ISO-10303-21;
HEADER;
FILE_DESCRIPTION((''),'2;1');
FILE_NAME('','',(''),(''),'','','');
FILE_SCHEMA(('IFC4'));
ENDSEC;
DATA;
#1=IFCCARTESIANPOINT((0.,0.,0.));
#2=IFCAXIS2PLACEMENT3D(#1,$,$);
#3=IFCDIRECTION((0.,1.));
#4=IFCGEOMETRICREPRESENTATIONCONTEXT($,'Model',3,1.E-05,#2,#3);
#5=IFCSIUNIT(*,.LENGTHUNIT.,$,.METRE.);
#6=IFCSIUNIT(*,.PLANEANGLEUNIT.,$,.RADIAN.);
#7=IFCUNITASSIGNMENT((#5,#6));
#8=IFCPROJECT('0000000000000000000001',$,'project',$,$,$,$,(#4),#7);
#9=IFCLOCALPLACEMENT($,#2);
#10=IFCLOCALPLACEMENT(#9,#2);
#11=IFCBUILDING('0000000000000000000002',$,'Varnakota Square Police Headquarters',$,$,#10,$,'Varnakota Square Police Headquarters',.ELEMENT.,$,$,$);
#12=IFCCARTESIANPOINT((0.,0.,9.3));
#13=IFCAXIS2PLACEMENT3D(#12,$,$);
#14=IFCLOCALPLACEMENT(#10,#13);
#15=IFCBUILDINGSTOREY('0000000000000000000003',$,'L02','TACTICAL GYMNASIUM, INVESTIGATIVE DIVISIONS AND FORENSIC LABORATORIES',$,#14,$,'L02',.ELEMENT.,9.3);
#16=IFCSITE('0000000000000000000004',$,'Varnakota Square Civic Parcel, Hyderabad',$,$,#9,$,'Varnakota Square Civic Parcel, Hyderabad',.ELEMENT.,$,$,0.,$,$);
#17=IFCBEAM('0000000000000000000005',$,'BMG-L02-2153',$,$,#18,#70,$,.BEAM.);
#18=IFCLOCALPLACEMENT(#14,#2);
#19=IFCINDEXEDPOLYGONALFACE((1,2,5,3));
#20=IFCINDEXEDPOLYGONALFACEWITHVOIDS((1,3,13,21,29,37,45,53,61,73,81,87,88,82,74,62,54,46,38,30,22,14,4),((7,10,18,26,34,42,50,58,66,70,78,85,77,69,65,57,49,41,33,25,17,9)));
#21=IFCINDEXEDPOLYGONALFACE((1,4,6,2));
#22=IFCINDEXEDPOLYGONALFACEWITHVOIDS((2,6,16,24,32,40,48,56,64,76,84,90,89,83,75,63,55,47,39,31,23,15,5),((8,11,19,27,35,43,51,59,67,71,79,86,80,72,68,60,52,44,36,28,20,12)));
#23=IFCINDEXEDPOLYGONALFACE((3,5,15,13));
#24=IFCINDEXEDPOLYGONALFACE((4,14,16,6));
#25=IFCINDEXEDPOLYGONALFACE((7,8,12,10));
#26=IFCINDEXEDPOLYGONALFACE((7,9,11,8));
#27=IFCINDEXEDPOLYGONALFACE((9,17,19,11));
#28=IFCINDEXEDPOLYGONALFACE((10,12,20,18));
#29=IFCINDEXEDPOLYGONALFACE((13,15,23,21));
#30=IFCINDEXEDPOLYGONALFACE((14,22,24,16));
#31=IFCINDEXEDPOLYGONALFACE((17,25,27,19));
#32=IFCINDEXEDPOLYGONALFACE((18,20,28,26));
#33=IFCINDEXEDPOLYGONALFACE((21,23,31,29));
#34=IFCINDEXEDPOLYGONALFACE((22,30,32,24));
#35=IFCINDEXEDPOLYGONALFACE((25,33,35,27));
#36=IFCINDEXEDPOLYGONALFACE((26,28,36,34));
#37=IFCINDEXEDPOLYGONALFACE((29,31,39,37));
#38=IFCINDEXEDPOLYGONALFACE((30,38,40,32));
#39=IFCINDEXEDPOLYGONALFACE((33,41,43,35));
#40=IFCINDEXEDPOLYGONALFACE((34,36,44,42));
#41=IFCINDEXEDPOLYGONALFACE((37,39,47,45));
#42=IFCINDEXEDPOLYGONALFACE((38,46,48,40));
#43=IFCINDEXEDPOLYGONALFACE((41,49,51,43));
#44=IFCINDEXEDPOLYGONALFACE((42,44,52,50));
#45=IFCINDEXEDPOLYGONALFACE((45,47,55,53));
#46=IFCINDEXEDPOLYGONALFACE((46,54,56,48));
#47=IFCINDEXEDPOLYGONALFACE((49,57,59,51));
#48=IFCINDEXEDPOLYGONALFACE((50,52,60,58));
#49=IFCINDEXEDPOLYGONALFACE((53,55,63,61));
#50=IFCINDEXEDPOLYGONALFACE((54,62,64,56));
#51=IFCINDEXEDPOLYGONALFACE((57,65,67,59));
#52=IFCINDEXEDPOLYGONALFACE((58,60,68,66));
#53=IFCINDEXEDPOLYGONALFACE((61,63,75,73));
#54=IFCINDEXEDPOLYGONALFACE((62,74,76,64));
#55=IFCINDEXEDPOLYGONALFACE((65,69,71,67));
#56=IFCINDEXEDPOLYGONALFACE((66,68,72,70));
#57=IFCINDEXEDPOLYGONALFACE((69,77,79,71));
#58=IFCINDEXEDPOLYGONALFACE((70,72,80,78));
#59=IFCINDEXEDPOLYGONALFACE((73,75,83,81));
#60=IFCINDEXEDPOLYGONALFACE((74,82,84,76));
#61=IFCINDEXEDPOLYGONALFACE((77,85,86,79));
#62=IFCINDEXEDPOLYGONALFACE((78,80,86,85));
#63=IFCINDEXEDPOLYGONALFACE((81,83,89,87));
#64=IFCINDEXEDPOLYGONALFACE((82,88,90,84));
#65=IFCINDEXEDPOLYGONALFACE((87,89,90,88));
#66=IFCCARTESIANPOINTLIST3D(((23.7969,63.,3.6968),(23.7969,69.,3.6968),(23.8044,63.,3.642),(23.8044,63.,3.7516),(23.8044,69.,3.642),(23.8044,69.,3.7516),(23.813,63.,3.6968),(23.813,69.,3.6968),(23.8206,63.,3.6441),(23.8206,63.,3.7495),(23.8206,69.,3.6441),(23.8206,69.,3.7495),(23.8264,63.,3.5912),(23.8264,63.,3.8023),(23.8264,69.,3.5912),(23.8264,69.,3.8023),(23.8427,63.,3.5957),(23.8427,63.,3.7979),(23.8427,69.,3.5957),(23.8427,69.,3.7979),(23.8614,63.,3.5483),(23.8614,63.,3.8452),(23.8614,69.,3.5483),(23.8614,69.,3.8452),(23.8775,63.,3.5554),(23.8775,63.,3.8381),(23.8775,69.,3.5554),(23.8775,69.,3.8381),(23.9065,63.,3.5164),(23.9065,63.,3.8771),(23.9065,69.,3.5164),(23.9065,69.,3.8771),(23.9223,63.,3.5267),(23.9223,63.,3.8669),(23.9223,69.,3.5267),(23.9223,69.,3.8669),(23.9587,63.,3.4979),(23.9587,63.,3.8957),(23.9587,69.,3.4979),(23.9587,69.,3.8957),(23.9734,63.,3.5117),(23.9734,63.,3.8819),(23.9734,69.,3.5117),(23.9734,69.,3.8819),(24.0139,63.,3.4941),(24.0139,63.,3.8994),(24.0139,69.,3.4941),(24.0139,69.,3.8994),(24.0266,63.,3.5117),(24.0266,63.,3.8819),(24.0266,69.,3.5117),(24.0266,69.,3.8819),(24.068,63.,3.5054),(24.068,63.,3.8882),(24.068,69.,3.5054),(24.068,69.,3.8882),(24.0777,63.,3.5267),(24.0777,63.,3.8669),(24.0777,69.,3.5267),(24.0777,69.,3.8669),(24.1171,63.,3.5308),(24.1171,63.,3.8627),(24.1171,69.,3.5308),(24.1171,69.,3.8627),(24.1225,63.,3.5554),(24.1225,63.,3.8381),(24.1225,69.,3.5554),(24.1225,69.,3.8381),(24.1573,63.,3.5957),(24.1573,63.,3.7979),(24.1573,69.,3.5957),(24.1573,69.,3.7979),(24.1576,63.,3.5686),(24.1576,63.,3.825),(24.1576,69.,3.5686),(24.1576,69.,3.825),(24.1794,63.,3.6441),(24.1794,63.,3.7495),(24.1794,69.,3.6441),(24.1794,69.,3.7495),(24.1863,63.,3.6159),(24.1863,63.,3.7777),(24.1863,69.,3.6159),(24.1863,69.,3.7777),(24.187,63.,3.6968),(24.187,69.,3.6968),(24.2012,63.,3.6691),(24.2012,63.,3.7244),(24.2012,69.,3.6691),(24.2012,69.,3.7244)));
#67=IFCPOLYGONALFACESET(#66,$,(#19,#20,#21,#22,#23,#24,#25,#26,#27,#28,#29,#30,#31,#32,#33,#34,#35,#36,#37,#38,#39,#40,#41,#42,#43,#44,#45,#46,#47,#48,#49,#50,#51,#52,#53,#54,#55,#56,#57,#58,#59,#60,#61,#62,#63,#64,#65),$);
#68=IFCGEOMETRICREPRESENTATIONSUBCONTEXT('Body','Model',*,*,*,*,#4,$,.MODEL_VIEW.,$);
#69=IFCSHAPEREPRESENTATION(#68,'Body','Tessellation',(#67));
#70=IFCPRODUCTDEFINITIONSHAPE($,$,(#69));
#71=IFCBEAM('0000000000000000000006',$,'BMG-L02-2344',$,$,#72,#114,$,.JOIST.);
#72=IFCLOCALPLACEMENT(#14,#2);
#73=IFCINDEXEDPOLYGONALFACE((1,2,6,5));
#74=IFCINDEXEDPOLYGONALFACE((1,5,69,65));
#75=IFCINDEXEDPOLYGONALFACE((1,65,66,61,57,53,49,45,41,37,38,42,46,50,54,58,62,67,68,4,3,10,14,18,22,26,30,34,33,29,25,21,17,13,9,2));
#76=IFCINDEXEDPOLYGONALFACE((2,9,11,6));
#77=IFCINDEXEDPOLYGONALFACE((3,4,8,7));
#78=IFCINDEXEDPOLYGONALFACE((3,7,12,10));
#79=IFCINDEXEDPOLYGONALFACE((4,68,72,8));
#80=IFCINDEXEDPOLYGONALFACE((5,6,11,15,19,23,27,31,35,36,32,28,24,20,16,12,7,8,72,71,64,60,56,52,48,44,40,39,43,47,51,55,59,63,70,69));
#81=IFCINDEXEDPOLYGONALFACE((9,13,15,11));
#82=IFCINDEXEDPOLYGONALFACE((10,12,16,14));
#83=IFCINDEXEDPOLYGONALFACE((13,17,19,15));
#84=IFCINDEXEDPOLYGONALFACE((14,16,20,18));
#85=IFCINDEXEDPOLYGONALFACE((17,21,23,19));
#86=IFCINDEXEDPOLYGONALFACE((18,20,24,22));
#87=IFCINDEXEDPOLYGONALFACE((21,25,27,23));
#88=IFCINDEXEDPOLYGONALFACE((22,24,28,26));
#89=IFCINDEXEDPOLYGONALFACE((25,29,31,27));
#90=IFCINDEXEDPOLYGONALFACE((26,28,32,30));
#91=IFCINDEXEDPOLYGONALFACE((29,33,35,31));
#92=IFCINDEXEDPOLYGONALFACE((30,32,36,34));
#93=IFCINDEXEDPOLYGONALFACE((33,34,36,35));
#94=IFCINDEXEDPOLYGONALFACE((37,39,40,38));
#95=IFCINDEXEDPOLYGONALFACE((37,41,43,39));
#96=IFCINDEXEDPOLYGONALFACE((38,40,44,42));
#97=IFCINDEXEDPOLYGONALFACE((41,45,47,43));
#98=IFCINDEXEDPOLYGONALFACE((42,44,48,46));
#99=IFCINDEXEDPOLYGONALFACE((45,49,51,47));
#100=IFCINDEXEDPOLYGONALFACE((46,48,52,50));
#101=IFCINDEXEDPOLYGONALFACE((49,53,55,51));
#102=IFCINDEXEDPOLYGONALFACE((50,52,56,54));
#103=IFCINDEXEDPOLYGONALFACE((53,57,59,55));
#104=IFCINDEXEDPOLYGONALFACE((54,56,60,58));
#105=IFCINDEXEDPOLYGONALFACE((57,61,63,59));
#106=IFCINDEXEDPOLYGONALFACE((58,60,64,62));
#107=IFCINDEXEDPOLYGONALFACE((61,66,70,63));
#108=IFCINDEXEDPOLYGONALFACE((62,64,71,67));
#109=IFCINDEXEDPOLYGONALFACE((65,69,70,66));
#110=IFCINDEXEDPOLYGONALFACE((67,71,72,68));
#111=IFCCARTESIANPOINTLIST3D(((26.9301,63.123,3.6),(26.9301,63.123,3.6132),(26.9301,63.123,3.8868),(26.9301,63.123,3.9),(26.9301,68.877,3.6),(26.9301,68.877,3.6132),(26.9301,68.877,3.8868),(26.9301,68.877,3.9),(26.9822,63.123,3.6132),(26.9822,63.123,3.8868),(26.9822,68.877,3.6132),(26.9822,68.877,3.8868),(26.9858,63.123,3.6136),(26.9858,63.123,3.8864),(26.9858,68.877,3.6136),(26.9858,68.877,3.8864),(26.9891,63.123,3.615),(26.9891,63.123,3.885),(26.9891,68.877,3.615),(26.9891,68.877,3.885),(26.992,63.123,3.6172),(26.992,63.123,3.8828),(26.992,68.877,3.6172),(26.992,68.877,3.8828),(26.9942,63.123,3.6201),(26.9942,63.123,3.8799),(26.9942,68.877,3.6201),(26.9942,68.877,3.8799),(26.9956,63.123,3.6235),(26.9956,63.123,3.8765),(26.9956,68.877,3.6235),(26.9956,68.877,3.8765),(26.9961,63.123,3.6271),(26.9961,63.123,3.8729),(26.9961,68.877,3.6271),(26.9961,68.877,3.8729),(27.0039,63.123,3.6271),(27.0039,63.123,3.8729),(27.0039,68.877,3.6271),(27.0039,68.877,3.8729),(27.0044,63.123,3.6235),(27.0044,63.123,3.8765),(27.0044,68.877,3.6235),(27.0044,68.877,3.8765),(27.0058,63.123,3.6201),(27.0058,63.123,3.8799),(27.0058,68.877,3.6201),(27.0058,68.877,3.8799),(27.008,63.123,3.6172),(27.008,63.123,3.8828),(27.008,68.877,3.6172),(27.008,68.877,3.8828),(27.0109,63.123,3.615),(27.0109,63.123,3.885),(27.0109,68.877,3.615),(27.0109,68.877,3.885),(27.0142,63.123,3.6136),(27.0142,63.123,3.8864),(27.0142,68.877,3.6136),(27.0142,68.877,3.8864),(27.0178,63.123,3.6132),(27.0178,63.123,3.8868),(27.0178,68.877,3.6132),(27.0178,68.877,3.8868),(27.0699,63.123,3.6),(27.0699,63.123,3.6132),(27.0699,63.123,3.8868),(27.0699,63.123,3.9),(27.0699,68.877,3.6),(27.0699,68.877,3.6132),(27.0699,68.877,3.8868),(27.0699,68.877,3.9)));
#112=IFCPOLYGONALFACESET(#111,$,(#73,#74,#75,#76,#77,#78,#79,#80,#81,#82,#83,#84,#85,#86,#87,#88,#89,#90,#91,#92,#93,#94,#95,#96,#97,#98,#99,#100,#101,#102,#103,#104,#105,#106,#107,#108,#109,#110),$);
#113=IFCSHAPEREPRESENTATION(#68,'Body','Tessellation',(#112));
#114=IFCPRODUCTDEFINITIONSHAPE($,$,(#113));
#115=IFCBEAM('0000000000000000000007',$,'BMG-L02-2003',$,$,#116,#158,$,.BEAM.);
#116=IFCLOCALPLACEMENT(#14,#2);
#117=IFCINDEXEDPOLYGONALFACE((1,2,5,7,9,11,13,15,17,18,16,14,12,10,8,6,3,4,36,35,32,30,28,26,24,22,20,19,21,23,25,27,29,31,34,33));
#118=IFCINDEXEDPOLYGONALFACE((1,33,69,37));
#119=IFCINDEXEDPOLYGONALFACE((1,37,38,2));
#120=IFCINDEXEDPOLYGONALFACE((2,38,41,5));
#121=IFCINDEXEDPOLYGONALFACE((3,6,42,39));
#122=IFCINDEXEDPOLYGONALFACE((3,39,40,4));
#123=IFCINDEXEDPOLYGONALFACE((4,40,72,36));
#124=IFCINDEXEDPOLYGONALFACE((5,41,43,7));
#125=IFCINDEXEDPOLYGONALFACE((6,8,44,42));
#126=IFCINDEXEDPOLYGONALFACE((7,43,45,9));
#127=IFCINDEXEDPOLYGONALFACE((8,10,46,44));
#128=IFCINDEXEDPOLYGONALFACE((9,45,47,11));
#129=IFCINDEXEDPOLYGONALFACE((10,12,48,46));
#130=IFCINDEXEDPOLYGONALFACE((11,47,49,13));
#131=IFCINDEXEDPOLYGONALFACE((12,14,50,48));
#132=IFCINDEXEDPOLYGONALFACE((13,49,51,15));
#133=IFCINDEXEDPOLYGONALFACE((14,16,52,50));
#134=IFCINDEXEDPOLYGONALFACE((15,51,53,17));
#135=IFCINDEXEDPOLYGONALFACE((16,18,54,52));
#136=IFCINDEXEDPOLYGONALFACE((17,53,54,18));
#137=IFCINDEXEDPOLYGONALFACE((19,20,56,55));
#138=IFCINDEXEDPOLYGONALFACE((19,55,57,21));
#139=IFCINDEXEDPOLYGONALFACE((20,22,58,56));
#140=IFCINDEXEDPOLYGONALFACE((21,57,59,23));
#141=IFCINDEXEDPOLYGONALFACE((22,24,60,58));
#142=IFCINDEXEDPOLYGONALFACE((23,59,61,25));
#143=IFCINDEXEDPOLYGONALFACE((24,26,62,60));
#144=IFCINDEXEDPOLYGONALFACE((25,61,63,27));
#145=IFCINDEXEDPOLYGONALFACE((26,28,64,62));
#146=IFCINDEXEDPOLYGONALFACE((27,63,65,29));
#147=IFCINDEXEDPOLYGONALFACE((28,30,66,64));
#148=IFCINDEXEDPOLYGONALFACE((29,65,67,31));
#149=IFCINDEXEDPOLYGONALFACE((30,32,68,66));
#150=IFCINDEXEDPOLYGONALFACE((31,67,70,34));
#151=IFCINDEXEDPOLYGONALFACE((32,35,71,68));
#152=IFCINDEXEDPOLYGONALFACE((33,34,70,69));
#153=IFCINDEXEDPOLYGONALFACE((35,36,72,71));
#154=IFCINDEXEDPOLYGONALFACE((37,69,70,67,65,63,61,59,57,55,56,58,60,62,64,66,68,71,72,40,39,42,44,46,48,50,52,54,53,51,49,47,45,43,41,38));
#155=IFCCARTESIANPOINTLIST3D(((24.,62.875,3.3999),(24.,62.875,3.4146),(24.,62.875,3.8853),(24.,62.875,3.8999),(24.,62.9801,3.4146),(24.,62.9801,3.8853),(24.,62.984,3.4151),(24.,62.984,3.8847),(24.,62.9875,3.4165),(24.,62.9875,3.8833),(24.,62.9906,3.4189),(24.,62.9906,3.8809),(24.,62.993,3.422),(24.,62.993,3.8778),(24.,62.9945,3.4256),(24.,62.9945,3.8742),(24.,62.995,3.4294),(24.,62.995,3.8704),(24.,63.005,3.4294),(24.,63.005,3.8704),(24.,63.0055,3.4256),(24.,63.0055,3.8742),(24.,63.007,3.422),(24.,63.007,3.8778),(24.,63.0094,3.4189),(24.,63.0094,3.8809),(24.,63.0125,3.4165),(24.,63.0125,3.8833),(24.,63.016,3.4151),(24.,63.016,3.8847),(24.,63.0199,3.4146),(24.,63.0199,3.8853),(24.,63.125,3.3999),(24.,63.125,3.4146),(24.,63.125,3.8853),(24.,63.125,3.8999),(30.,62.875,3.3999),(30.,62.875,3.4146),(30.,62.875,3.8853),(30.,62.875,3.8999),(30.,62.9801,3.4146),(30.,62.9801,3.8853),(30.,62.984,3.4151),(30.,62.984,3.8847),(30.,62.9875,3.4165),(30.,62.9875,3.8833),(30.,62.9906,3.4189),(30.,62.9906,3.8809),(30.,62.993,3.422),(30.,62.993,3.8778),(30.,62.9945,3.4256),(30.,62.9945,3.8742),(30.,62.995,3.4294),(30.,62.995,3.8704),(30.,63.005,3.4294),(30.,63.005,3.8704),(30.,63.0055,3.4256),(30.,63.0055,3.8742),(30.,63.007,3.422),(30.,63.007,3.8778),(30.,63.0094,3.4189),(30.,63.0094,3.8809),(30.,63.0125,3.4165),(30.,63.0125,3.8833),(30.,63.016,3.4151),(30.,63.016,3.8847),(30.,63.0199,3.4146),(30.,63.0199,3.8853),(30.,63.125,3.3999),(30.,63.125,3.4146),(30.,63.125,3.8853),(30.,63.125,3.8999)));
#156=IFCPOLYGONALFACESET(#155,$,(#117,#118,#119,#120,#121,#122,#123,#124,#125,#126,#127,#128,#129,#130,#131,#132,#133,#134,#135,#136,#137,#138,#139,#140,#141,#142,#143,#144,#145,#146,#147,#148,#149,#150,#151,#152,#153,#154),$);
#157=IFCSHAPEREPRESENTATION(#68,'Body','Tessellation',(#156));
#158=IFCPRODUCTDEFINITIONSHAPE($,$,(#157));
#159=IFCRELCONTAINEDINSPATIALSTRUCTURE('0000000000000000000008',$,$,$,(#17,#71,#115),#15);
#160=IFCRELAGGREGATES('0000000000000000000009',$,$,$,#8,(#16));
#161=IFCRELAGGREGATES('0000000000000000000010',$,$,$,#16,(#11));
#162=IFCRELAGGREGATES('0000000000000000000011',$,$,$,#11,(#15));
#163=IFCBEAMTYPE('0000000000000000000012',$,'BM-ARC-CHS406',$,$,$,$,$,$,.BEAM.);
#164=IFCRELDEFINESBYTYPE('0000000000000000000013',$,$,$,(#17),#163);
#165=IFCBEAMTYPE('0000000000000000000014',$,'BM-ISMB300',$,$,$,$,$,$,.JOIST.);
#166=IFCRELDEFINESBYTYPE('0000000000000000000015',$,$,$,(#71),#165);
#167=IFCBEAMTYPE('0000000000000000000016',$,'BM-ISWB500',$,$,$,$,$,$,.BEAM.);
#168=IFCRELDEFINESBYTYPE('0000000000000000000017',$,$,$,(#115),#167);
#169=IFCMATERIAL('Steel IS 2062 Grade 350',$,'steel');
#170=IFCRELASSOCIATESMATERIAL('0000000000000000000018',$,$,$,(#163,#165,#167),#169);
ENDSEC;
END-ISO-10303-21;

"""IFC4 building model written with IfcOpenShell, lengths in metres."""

from ifc_helpers import new_model, si_unit, direction, frame, origin, origin_2d, place, context, subcontext, project, spatial, hollow_circle, i_section, extrude, material, material_profile, profile_set, type_object, element, save


model = new_model("IFC4")

# Units and contexts
model_context = context("Model", 3, precision=1e-05, world=origin(), true_north=direction((0.0, 1.0)))
body_context = subcontext(model_context, "Body", "Model", "MODEL_VIEW")
ifc_project = project(units=[si_unit("LENGTHUNIT", "METRE"), si_unit("PLANEANGLEUNIT", "RADIAN")], contexts=[model_context])

# Site, building, storey
site_placement = place(None, origin())
site = spatial("IfcSite", under=ifc_project, at=site_placement, Name="Varnakota Square Civic Parcel, Hyderabad", LongName="Varnakota Square Civic Parcel, Hyderabad", CompositionType="ELEMENT", RefElevation=0.0)
building_placement = place(site_placement, origin())
building = spatial("IfcBuilding", under=site, at=building_placement, Name="Varnakota Square Police Headquarters", LongName="Varnakota Square Police Headquarters", CompositionType="ELEMENT")
storey_placement = place(building_placement, frame((0.0, 0.0, 9.3)))
storey = spatial("IfcBuildingStorey", under=building, at=storey_placement, Name="L02", Description="TACTICAL GYMNASIUM, INVESTIGATIVE DIVISIONS AND FORENSIC LABORATORIES", LongName="L02", CompositionType="ELEMENT", Elevation=9.3)

# Shared definitions
ifc_material_1 = material(Name="Steel IS 2062 Grade 350", Category="steel")

# Beams
ifc_material_profile_1 = material_profile(ifc_material_1, hollow_circle(Radius=0.2031, WallThickness=0.0161, at=origin_2d()), Name="CHS 406.4x16.0")
ifc_profile_set_1 = profile_set([ifc_material_profile_1], Name="Steel IS 2062 Grade 350")
beam_type_1 = type_object("IfcBeamType", Name="BM-ARC-CHS406", PredefinedType="BEAM", material=ifc_profile_set_1)
beam_1_placement = place(storey_placement, frame((24.0, 63.0, 3.6968), z_axis=(0.0, 1.0, 0.0), x_axis=(-1.0, 0.0, 0.0)))
element("IfcBeam", 1, at=beam_1_placement, inside=storey, type_object=beam_type_1, Name="BMG-L02-2153", PredefinedType="BEAM", context=body_context, shape_type="SweptSolid", body=[
    extrude(hollow_circle(Radius=0.2031, WallThickness=0.0161, at=origin_2d()), origin(), (0.0, 0.0, 1.0), 6.0),
])
ifc_material_profile_2 = material_profile(ifc_material_1, i_section(OverallWidth=0.1399, OverallDepth=0.3, WebThickness=0.0078, FlangeThickness=0.0132, FilletRadius=0.0139, at=origin_2d()), Name="ISMB 300")
ifc_profile_set_2 = profile_set([ifc_material_profile_2], Name="Steel IS 2062 Grade 350")
beam_type_2 = type_object("IfcBeamType", Name="BM-ISMB300", PredefinedType="JOIST", material=ifc_profile_set_2)
beam_2_placement = place(storey_placement, frame((27.0, 63.123, 3.75), z_axis=(0.0, 1.0, 0.0), x_axis=(-1.0, 0.0, 0.0)))
element("IfcBeam", 2, at=beam_2_placement, inside=storey, type_object=beam_type_2, Name="BMG-L02-2344", PredefinedType="JOIST", context=body_context, shape_type="SweptSolid", body=[
    extrude(i_section(OverallWidth=0.1399, OverallDepth=0.3, WebThickness=0.0078, FlangeThickness=0.0132, FilletRadius=0.0139, at=origin_2d()), origin(), (0.0, 0.0, 1.0), 5.7539),
])
ifc_material_profile_3 = material_profile(ifc_material_1, i_section(OverallWidth=0.25, OverallDepth=0.5, WebThickness=0.01, FlangeThickness=0.0146, FilletRadius=0.0149, at=origin_2d()), Name="ISWB 500")
ifc_profile_set_3 = profile_set([ifc_material_profile_3], Name="Steel IS 2062 Grade 350")
beam_type_3 = type_object("IfcBeamType", Name="BM-ISWB500", PredefinedType="BEAM", material=ifc_profile_set_3)
for number, where, z_axis, x_axis, name in (
    (3, (24.0, 63.0, 3.6499), (1.0, 0.0, 0.0), (0.0, 1.0, 0.0), "BMG-L02-2003"),
):
    element("IfcBeam", number, at=place(storey_placement, frame(where, z_axis=z_axis, x_axis=x_axis)), inside=storey, type_object=beam_type_3, Name=name, PredefinedType="BEAM", context=body_context, shape_type="SweptSolid", body=[
        extrude(i_section(OverallWidth=0.25, OverallDepth=0.5, WebThickness=0.01, FlangeThickness=0.0146, FilletRadius=0.0149, at=origin_2d()), origin(), (0.0, 0.0, 1.0), 6.0),
    ])

save(model, "model.ifc")
